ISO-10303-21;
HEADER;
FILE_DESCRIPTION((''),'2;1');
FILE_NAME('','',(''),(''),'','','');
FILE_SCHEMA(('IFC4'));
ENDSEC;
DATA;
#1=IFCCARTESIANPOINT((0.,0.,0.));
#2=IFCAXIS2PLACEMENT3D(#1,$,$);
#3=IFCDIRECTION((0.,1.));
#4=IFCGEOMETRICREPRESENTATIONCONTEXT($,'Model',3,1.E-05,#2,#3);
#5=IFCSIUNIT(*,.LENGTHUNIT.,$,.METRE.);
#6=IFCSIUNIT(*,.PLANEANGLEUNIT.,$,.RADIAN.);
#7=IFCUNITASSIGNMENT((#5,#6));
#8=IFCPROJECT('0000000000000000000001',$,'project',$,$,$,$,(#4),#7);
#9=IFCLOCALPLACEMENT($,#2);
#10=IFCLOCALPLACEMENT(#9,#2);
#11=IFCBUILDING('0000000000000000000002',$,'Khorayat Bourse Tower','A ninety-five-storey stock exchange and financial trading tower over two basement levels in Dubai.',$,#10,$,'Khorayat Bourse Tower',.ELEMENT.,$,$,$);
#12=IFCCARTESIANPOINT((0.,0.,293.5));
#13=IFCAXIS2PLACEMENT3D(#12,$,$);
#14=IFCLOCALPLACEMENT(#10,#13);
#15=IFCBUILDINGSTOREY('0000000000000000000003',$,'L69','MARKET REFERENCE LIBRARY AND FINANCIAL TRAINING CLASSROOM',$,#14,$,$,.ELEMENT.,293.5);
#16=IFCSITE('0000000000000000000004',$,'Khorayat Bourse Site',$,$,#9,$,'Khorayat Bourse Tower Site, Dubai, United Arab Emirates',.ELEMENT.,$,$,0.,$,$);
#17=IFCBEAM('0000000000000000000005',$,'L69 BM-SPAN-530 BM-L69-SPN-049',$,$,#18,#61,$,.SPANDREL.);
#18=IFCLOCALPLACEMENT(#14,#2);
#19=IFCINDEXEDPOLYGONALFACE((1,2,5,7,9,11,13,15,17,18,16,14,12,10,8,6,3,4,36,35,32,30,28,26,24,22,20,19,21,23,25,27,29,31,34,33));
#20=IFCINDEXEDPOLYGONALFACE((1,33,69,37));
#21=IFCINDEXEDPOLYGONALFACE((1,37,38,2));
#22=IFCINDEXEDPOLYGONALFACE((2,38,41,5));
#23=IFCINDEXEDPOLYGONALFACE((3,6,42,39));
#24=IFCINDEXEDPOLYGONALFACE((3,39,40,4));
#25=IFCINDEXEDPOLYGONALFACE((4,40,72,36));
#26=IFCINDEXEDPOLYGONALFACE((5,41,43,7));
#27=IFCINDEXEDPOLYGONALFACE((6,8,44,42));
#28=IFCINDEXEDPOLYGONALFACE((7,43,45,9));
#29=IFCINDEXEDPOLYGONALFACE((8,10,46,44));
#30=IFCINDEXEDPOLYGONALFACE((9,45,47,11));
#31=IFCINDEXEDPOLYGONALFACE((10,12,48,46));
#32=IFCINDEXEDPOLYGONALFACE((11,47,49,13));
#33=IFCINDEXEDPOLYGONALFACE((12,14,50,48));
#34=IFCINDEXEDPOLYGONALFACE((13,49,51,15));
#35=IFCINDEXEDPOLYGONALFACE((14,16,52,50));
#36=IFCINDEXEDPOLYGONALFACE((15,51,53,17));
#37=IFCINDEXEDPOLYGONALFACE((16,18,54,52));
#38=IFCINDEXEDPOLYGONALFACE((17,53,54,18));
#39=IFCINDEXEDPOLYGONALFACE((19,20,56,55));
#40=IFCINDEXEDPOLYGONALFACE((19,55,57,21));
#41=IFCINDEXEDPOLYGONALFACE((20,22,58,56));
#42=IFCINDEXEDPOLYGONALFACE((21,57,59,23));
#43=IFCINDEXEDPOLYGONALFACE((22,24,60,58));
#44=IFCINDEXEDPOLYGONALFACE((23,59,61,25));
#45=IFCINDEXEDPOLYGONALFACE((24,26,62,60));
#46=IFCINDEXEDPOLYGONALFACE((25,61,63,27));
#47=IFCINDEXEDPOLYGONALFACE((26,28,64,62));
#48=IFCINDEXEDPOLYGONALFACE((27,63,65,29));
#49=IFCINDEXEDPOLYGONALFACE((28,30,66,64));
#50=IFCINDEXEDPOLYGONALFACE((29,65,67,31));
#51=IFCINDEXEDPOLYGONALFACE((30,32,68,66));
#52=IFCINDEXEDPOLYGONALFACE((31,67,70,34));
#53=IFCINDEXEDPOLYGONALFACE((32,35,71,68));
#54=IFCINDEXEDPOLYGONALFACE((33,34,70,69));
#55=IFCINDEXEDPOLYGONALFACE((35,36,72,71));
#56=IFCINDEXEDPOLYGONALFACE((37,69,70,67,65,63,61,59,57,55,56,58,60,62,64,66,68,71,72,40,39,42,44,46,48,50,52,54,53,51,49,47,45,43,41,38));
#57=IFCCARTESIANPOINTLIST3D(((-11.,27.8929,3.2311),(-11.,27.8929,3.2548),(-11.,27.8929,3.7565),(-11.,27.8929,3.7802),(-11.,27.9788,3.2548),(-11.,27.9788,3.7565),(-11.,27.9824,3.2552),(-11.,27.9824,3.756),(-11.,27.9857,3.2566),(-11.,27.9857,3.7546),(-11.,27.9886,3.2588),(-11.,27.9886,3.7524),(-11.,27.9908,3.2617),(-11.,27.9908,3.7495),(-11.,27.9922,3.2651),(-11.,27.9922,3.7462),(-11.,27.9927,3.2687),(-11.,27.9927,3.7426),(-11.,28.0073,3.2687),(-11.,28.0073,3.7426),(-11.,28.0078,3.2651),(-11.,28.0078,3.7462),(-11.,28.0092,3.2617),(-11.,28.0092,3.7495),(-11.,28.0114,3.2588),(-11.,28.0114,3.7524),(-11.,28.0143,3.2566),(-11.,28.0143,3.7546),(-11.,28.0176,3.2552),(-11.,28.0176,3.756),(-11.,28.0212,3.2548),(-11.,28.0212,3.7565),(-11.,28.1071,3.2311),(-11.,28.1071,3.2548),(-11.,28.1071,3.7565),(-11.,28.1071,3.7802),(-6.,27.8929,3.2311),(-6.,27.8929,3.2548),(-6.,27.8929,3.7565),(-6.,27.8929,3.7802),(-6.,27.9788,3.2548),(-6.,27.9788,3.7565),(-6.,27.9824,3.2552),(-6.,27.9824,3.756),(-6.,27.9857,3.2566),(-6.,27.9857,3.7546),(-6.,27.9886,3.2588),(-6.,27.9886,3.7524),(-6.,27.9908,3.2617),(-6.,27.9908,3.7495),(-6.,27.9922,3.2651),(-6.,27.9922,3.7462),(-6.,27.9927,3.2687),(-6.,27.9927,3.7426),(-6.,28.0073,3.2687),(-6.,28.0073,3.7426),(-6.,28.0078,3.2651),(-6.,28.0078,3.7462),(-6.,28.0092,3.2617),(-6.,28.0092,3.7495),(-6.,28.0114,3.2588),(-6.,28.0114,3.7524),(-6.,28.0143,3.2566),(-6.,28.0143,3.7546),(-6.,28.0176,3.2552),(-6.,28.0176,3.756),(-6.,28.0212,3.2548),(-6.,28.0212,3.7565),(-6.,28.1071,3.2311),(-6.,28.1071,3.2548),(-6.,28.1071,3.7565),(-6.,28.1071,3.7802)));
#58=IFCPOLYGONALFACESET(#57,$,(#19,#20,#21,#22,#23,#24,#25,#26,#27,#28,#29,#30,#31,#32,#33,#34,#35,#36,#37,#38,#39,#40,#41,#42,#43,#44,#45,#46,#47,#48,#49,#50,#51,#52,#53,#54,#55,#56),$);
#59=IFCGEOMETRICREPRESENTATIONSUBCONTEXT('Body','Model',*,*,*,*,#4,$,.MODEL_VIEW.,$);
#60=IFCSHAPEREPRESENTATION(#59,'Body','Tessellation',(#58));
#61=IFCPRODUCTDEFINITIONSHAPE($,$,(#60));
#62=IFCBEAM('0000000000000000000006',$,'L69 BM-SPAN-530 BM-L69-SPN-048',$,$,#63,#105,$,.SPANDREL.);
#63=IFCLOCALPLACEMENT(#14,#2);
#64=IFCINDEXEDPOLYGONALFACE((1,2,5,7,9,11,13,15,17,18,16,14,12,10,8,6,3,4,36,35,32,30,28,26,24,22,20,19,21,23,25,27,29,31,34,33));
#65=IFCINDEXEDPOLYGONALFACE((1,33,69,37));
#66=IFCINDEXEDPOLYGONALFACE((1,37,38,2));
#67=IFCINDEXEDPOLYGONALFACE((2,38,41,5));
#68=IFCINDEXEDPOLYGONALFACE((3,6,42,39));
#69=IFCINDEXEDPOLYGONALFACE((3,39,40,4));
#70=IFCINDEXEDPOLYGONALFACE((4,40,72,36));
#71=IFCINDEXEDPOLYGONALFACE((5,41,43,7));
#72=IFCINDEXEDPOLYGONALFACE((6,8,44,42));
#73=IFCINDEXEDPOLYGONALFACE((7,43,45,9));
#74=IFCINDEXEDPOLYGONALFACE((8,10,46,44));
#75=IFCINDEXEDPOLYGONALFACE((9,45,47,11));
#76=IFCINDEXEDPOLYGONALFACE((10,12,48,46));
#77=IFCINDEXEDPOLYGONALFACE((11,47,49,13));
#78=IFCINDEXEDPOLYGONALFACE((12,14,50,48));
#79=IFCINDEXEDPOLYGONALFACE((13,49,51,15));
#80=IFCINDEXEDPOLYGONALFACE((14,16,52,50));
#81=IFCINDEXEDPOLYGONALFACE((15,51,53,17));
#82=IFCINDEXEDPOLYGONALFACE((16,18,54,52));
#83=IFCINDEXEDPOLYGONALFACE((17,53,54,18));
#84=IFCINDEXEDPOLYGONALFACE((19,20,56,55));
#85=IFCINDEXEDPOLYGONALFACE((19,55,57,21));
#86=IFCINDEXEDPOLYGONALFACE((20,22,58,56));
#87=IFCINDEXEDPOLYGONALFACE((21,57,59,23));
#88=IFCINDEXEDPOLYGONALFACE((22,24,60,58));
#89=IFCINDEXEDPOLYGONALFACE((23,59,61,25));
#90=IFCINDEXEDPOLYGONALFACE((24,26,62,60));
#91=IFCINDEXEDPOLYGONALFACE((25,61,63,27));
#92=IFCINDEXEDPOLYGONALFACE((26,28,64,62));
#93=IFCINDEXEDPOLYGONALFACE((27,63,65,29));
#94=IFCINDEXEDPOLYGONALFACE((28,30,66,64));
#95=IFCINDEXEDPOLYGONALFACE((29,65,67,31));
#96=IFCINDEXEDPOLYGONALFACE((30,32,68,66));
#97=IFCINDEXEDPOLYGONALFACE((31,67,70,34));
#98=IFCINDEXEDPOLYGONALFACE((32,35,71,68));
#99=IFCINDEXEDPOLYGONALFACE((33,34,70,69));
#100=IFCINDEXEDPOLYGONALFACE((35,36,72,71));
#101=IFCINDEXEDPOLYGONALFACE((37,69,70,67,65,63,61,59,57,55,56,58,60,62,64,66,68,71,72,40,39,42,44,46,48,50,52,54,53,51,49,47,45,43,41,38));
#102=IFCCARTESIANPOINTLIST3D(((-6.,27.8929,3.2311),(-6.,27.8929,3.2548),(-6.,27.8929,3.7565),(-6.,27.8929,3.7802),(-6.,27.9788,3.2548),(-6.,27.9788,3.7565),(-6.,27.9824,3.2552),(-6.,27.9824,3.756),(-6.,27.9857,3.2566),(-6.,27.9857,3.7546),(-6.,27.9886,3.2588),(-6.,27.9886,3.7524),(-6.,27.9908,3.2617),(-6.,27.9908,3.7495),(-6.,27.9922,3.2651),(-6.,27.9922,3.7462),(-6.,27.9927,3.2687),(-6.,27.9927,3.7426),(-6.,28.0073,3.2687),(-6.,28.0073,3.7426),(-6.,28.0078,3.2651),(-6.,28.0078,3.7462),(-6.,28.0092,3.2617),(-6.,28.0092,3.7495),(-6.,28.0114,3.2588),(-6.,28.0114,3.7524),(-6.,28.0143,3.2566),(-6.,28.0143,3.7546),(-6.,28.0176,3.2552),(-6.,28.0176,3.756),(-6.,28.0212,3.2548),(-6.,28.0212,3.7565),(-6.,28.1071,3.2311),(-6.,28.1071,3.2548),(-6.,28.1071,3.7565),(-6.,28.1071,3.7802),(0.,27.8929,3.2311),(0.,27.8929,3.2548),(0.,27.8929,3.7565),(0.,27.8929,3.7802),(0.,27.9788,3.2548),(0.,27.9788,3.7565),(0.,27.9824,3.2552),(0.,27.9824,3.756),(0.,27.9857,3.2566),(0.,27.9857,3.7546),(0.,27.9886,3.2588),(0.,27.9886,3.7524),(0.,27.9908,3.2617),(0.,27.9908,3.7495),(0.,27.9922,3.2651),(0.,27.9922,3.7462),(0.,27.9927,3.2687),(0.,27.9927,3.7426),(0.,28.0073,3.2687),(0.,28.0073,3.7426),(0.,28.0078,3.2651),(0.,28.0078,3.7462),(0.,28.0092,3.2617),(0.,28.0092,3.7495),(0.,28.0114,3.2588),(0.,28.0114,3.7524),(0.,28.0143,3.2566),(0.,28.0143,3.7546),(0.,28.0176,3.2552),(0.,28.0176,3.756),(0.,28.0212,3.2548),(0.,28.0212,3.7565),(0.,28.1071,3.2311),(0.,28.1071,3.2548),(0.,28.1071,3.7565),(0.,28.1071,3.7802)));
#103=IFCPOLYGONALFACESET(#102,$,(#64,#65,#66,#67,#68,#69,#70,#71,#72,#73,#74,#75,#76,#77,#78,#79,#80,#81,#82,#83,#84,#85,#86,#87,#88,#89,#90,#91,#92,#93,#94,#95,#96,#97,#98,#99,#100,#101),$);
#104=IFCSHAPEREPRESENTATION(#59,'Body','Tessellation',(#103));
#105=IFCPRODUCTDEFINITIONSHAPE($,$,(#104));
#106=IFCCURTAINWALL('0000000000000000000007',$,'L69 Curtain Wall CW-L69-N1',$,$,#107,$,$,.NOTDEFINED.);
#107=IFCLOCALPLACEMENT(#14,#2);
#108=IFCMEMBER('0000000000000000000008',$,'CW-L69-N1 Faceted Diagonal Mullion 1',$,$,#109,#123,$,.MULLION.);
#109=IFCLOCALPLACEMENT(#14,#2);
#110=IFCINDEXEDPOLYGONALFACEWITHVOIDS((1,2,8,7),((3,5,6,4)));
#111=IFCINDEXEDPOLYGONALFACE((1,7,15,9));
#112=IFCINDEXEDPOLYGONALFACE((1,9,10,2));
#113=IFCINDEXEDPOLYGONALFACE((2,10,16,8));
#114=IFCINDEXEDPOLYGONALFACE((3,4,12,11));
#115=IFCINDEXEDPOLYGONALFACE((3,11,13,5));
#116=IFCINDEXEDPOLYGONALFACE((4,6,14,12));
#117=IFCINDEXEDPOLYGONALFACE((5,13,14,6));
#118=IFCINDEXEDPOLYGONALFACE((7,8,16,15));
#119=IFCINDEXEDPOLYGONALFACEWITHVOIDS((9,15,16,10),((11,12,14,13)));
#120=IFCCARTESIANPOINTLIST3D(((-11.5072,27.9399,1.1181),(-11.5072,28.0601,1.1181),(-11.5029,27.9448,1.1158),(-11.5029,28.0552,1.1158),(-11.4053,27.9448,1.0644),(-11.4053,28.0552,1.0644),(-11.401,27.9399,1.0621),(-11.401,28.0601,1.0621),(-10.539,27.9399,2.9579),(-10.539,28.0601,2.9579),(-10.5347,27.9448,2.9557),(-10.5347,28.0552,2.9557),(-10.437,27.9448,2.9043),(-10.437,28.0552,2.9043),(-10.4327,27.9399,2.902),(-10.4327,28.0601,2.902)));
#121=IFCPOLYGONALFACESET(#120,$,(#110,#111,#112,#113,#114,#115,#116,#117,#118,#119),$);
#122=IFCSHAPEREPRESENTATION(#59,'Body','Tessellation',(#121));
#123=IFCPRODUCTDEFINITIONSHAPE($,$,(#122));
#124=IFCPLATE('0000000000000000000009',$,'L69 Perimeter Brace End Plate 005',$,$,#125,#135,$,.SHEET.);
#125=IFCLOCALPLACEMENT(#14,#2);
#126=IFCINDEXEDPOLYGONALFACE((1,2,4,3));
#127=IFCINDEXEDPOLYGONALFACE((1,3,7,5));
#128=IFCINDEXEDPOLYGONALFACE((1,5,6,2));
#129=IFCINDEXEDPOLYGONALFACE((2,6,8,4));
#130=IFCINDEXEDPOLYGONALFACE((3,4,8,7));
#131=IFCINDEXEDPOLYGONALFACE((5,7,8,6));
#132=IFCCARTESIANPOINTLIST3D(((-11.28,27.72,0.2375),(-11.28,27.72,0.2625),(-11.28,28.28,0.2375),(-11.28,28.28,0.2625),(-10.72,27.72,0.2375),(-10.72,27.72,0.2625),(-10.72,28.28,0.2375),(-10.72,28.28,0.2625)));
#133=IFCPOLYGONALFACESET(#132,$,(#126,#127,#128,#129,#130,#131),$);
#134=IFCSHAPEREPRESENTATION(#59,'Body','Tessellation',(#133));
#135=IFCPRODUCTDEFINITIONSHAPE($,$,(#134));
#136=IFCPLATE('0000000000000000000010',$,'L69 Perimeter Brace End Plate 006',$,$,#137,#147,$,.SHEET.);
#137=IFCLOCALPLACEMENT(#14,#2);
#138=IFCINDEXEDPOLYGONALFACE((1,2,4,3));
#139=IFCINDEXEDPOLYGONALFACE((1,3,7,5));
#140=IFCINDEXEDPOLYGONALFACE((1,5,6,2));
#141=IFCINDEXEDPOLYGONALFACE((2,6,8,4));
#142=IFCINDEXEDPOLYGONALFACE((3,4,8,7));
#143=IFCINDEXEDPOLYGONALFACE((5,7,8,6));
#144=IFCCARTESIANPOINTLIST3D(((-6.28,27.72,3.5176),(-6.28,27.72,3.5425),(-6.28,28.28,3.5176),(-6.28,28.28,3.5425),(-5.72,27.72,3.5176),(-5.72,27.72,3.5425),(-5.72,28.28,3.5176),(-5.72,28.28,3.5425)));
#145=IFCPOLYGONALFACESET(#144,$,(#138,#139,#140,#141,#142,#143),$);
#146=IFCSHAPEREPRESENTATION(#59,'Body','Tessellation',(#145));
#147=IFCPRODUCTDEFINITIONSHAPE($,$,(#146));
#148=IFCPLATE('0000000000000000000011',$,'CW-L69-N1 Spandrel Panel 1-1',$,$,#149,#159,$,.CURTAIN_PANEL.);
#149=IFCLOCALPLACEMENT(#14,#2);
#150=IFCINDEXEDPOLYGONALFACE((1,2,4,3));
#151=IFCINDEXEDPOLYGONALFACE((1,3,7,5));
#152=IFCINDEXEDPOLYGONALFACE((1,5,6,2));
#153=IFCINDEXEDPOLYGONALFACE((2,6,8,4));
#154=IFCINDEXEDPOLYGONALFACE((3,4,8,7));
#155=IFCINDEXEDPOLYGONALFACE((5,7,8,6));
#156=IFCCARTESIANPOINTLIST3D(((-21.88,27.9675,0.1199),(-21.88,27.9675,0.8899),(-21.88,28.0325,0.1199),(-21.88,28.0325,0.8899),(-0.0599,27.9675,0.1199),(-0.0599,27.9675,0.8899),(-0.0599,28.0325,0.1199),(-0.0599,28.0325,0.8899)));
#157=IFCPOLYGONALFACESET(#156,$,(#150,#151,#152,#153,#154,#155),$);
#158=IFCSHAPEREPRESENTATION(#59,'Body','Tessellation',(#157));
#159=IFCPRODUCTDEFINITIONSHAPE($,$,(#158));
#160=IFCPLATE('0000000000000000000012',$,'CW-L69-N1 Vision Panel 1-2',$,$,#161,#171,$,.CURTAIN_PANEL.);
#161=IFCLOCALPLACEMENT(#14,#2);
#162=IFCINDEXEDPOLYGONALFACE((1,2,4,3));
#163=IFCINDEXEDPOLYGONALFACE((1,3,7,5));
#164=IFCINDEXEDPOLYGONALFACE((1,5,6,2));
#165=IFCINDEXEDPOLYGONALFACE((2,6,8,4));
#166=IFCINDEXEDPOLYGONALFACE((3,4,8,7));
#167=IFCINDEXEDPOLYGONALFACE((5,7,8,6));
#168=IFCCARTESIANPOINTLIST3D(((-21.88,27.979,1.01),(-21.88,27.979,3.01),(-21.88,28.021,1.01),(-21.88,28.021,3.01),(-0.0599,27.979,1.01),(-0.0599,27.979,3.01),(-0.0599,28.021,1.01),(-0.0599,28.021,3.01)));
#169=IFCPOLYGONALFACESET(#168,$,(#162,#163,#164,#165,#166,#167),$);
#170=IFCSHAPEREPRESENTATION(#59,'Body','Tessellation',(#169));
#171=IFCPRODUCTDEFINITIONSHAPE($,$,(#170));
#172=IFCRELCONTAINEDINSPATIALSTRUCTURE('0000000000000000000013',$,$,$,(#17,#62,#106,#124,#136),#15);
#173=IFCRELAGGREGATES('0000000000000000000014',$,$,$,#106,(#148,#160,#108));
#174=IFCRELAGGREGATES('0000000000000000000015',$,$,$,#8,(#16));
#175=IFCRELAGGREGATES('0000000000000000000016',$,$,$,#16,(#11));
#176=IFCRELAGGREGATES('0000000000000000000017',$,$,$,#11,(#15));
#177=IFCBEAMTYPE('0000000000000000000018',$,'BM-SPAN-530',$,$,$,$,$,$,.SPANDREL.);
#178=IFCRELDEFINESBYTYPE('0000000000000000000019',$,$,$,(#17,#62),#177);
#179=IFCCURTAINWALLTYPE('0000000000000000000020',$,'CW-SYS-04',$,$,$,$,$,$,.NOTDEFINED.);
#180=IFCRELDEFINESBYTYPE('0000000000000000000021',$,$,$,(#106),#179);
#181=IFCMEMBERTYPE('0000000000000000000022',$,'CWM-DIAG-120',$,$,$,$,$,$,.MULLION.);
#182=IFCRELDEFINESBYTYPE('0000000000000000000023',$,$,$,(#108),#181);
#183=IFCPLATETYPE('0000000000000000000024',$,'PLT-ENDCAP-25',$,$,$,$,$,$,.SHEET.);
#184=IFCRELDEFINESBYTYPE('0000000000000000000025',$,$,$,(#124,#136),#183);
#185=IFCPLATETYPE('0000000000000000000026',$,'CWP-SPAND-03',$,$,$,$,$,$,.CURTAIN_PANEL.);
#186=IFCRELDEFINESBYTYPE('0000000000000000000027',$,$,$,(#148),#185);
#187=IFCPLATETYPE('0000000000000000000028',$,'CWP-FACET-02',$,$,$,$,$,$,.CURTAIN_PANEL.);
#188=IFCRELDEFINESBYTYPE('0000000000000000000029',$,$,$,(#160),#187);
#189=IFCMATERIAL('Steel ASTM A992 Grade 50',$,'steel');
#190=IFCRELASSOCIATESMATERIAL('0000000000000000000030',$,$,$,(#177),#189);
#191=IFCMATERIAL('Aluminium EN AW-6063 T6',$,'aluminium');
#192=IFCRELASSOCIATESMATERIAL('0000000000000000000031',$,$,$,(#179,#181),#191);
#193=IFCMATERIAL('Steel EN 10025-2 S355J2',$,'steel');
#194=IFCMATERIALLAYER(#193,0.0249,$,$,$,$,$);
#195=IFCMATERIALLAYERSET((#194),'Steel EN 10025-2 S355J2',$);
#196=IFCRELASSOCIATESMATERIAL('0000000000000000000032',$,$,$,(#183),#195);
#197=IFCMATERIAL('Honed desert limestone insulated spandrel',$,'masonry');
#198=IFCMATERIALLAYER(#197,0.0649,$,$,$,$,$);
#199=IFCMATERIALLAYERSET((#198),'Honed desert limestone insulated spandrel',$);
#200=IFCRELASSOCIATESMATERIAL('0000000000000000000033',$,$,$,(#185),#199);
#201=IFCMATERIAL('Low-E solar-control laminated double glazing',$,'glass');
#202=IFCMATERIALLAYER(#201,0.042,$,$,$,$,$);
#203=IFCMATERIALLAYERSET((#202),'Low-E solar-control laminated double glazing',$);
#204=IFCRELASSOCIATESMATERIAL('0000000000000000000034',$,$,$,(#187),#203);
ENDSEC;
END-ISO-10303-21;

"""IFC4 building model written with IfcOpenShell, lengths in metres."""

from ifc_helpers import new_model, si_unit, direction, frame, origin, origin_2d, place, context, subcontext, project, spatial, rectangle, hollow_rectangle, i_section, extrude, source, transform, mapped, material, layer, layer_set, material_profile, profile_set, type_object, element, aggregate, save


model = new_model("IFC4")

# Units and contexts
model_context = context("Model", 3, precision=1e-05, world=origin(), true_north=direction((0.0, 1.0)))
body_context = subcontext(model_context, "Body", "Model", "MODEL_VIEW")
ifc_project = project(units=[si_unit("LENGTHUNIT", "METRE"), si_unit("PLANEANGLEUNIT", "RADIAN")], contexts=[model_context])

# Site, building, storey
site_placement = place(None, origin())
site = spatial("IfcSite", under=ifc_project, at=site_placement, Name="Khorayat Bourse Site", LongName="Khorayat Bourse Tower Site, Dubai, United Arab Emirates", CompositionType="ELEMENT", RefElevation=0.0)
building_placement = place(site_placement, origin())
building = spatial("IfcBuilding", under=site, at=building_placement, Name="Khorayat Bourse Tower", Description="A ninety-five-storey stock exchange and financial trading tower over two basement levels in Dubai.", LongName="Khorayat Bourse Tower", CompositionType="ELEMENT")
storey_placement = place(building_placement, frame((0.0, 0.0, 293.5)))
storey = spatial("IfcBuildingStorey", under=building, at=storey_placement, Name="L69", Description="MARKET REFERENCE LIBRARY AND FINANCIAL TRAINING CLASSROOM", CompositionType="ELEMENT", Elevation=293.5)

# Beams
ifc_material_1 = material(Name="Steel ASTM A992 Grade 50", Category="steel")
ifc_material_profile_1 = material_profile(ifc_material_1, i_section(OverallWidth=0.2141, OverallDepth=0.5491, WebThickness=0.0146, FlangeThickness=0.0237, FilletRadius=0.0139, at=origin_2d()), Name="W530X138")
ifc_profile_set_1 = profile_set([ifc_material_profile_1], Name="Steel ASTM A992 Grade 50")
beam_type_1 = type_object("IfcBeamType", Name="BM-SPAN-530", PredefinedType="SPANDREL", material=ifc_profile_set_1)
shared_shape_1 = source(origin(), body_context, "Body", "SweptSolid", [
    extrude(i_section(OverallWidth=0.2141, OverallDepth=0.5491, WebThickness=0.0146, FlangeThickness=0.0237, FilletRadius=0.0139, at=origin_2d()), origin(), (0.0, 0.0, 1.0), 5.0),
])
beam_1_placement = place(storey_placement, frame((-11.0, 28.0, 3.5056), z_axis=(1.0, 0.0, 0.0), x_axis=(0.0, 1.0, 0.0)))
element("IfcBeam", 1, at=beam_1_placement, inside=storey, type_object=beam_type_1, Name="L69 BM-SPAN-530 BM-L69-SPN-049", PredefinedType="SPANDREL", context=body_context, shape_type="MappedRepresentation", body=[
    mapped(shared_shape_1, transform((0.0, 0.0, 0.0), scale=1.0)),
])
shared_shape_2 = source(origin(), body_context, "Body", "SweptSolid", [
    extrude(i_section(OverallWidth=0.2141, OverallDepth=0.5491, WebThickness=0.0146, FlangeThickness=0.0237, FilletRadius=0.0139, at=origin_2d()), origin(), (0.0, 0.0, 1.0), 6.0),
])
beam_2_placement = place(storey_placement, frame((-6.0, 28.0, 3.5056), z_axis=(1.0, 0.0, 0.0), x_axis=(0.0, 1.0, 0.0)))
element("IfcBeam", 2, at=beam_2_placement, inside=storey, type_object=beam_type_1, Name="L69 BM-SPAN-530 BM-L69-SPN-048", PredefinedType="SPANDREL", context=body_context, shape_type="MappedRepresentation", body=[
    mapped(shared_shape_2, transform((0.0, 0.0, 0.0), scale=1.0)),
])

# Curtain wall, member
ifc_material_2 = material(Name="Aluminium EN AW-6063 T6", Category="aluminium")
curtain_wall_type = type_object("IfcCurtainWallType", Name="CW-SYS-04", PredefinedType="NOTDEFINED", material=ifc_material_2)
curtain_wall_placement = place(storey_placement, origin())
curtain_wall = element("IfcCurtainWall", 3, at=curtain_wall_placement, inside=storey, type_object=curtain_wall_type, Name="L69 Curtain Wall CW-L69-N1", PredefinedType="NOTDEFINED")
ifc_material_profile_2 = material_profile(ifc_material_2, hollow_rectangle(XDim=0.1201, YDim=0.1201, WallThickness=0.0049, at=origin_2d()), Name="ALU 120x120x5")
ifc_profile_set_2 = profile_set([ifc_material_profile_2], Name="Aluminium EN AW-6063 T6")
member_type_1 = type_object("IfcMemberType", Name="CWM-DIAG-120", PredefinedType="MULLION", material=ifc_profile_set_2)
shared_shape_3 = source(origin(), body_context, "Body", "SweptSolid", [
    extrude(hollow_rectangle(XDim=0.1201, YDim=0.1201, WallThickness=0.0049, at=origin_2d()), origin(), (0.0, 0.0, 1.0), 2.0791),
])
member_1_placement = place(storey_placement, frame((-11.4541, 28.0, 1.0901), z_axis=(0.465717, 0.0, 0.884934), x_axis=(0.0, 1.0, 0.0)))
member_1 = element("IfcMember", 4, at=member_1_placement, type_object=member_type_1, Name="CW-L69-N1 Faceted Diagonal Mullion 1", PredefinedType="MULLION", context=body_context, shape_type="MappedRepresentation", body=[
    mapped(shared_shape_3, transform((0.0, 0.0, 0.0), scale=1.0)),
])

# Plates
ifc_material_3 = material(Name="Steel EN 10025-2 S355J2", Category="steel")
ifc_layer_1 = layer(ifc_material_3, 0.0249)
ifc_layer_set_1 = layer_set([ifc_layer_1], Name="Steel EN 10025-2 S355J2")
plate_type_1 = type_object("IfcPlateType", Name="PLT-ENDCAP-25", PredefinedType="SHEET", material=ifc_layer_set_1)
shared_shape_4 = source(origin(), body_context, "Body", "SweptSolid", [
    extrude(rectangle(XDim=0.5601, YDim=0.5601, at=origin_2d()), origin(), (0.0, 0.0, 1.0), 0.0249),
])
for number, where, z_axis, x_axis, name in (
    (5, (-11.0, 28.0, 0.2375), (0.0, 0.0, 1.0), (1.0, 0.0, 0.0), "L69 Perimeter Brace End Plate 005"),
    (6, (-6.0, 28.0, 3.5176), (0.0, 0.0, 1.0), (1.0, 0.0, 0.0), "L69 Perimeter Brace End Plate 006"),
):
    element("IfcPlate", number, at=place(storey_placement, frame(where, z_axis=z_axis, x_axis=x_axis)), inside=storey, type_object=plate_type_1, Name=name, PredefinedType="SHEET", context=body_context, shape_type="MappedRepresentation", body=[
        mapped(shared_shape_4, transform((0.0, 0.0, 0.0), scale=1.0)),
    ])

# Plates
ifc_material_4 = material(Name="Honed desert limestone insulated spandrel", Category="masonry")
ifc_layer_2 = layer(ifc_material_4, 0.0649)
ifc_layer_set_2 = layer_set([ifc_layer_2], Name="Honed desert limestone insulated spandrel")
plate_type_2 = type_object("IfcPlateType", Name="CWP-SPAND-03", PredefinedType="CURTAIN_PANEL", material=ifc_layer_set_2)
shared_shape_5 = source(origin(), body_context, "Body", "SweptSolid", [
    extrude(rectangle(XDim=21.8201, YDim=0.0649, at=origin_2d()), origin(), (0.0, 0.0, 1.0), 0.77),
])
plate_1_placement = place(storey_placement, frame((-10.97, 28.0, 0.1199), z_axis=(0.0, 0.0, 1.0), x_axis=(1.0, 0.0, 0.0)))
plate_1 = element("IfcPlate", 7, at=plate_1_placement, type_object=plate_type_2, Name="CW-L69-N1 Spandrel Panel 1-1", PredefinedType="CURTAIN_PANEL", context=body_context, shape_type="MappedRepresentation", body=[
    mapped(shared_shape_5, transform((0.0, 0.0, 0.0), scale=1.0)),
])
ifc_material_5 = material(Name="Low-E solar-control laminated double glazing", Category="glass")
ifc_layer_3 = layer(ifc_material_5, 0.042)
ifc_layer_set_3 = layer_set([ifc_layer_3], Name="Low-E solar-control laminated double glazing")
plate_type_3 = type_object("IfcPlateType", Name="CWP-FACET-02", PredefinedType="CURTAIN_PANEL", material=ifc_layer_set_3)
shared_shape_6 = source(origin(), body_context, "Body", "SweptSolid", [
    extrude(rectangle(XDim=21.8201, YDim=0.042, at=origin_2d()), origin(), (0.0, 0.0, 1.0), 2.0),
])
plate_2_placement = place(storey_placement, frame((-10.97, 28.0, 1.01), z_axis=(0.0, 0.0, 1.0), x_axis=(1.0, 0.0, 0.0)))
plate_2 = element("IfcPlate", 8, at=plate_2_placement, type_object=plate_type_3, Name="CW-L69-N1 Vision Panel 1-2", PredefinedType="CURTAIN_PANEL", context=body_context, shape_type="MappedRepresentation", body=[
    mapped(shared_shape_6, transform((0.0, 0.0, 0.0), scale=1.0)),
])
aggregate(curtain_wall, [plate_1, plate_2, member_1])

save(model, "model.ifc")
